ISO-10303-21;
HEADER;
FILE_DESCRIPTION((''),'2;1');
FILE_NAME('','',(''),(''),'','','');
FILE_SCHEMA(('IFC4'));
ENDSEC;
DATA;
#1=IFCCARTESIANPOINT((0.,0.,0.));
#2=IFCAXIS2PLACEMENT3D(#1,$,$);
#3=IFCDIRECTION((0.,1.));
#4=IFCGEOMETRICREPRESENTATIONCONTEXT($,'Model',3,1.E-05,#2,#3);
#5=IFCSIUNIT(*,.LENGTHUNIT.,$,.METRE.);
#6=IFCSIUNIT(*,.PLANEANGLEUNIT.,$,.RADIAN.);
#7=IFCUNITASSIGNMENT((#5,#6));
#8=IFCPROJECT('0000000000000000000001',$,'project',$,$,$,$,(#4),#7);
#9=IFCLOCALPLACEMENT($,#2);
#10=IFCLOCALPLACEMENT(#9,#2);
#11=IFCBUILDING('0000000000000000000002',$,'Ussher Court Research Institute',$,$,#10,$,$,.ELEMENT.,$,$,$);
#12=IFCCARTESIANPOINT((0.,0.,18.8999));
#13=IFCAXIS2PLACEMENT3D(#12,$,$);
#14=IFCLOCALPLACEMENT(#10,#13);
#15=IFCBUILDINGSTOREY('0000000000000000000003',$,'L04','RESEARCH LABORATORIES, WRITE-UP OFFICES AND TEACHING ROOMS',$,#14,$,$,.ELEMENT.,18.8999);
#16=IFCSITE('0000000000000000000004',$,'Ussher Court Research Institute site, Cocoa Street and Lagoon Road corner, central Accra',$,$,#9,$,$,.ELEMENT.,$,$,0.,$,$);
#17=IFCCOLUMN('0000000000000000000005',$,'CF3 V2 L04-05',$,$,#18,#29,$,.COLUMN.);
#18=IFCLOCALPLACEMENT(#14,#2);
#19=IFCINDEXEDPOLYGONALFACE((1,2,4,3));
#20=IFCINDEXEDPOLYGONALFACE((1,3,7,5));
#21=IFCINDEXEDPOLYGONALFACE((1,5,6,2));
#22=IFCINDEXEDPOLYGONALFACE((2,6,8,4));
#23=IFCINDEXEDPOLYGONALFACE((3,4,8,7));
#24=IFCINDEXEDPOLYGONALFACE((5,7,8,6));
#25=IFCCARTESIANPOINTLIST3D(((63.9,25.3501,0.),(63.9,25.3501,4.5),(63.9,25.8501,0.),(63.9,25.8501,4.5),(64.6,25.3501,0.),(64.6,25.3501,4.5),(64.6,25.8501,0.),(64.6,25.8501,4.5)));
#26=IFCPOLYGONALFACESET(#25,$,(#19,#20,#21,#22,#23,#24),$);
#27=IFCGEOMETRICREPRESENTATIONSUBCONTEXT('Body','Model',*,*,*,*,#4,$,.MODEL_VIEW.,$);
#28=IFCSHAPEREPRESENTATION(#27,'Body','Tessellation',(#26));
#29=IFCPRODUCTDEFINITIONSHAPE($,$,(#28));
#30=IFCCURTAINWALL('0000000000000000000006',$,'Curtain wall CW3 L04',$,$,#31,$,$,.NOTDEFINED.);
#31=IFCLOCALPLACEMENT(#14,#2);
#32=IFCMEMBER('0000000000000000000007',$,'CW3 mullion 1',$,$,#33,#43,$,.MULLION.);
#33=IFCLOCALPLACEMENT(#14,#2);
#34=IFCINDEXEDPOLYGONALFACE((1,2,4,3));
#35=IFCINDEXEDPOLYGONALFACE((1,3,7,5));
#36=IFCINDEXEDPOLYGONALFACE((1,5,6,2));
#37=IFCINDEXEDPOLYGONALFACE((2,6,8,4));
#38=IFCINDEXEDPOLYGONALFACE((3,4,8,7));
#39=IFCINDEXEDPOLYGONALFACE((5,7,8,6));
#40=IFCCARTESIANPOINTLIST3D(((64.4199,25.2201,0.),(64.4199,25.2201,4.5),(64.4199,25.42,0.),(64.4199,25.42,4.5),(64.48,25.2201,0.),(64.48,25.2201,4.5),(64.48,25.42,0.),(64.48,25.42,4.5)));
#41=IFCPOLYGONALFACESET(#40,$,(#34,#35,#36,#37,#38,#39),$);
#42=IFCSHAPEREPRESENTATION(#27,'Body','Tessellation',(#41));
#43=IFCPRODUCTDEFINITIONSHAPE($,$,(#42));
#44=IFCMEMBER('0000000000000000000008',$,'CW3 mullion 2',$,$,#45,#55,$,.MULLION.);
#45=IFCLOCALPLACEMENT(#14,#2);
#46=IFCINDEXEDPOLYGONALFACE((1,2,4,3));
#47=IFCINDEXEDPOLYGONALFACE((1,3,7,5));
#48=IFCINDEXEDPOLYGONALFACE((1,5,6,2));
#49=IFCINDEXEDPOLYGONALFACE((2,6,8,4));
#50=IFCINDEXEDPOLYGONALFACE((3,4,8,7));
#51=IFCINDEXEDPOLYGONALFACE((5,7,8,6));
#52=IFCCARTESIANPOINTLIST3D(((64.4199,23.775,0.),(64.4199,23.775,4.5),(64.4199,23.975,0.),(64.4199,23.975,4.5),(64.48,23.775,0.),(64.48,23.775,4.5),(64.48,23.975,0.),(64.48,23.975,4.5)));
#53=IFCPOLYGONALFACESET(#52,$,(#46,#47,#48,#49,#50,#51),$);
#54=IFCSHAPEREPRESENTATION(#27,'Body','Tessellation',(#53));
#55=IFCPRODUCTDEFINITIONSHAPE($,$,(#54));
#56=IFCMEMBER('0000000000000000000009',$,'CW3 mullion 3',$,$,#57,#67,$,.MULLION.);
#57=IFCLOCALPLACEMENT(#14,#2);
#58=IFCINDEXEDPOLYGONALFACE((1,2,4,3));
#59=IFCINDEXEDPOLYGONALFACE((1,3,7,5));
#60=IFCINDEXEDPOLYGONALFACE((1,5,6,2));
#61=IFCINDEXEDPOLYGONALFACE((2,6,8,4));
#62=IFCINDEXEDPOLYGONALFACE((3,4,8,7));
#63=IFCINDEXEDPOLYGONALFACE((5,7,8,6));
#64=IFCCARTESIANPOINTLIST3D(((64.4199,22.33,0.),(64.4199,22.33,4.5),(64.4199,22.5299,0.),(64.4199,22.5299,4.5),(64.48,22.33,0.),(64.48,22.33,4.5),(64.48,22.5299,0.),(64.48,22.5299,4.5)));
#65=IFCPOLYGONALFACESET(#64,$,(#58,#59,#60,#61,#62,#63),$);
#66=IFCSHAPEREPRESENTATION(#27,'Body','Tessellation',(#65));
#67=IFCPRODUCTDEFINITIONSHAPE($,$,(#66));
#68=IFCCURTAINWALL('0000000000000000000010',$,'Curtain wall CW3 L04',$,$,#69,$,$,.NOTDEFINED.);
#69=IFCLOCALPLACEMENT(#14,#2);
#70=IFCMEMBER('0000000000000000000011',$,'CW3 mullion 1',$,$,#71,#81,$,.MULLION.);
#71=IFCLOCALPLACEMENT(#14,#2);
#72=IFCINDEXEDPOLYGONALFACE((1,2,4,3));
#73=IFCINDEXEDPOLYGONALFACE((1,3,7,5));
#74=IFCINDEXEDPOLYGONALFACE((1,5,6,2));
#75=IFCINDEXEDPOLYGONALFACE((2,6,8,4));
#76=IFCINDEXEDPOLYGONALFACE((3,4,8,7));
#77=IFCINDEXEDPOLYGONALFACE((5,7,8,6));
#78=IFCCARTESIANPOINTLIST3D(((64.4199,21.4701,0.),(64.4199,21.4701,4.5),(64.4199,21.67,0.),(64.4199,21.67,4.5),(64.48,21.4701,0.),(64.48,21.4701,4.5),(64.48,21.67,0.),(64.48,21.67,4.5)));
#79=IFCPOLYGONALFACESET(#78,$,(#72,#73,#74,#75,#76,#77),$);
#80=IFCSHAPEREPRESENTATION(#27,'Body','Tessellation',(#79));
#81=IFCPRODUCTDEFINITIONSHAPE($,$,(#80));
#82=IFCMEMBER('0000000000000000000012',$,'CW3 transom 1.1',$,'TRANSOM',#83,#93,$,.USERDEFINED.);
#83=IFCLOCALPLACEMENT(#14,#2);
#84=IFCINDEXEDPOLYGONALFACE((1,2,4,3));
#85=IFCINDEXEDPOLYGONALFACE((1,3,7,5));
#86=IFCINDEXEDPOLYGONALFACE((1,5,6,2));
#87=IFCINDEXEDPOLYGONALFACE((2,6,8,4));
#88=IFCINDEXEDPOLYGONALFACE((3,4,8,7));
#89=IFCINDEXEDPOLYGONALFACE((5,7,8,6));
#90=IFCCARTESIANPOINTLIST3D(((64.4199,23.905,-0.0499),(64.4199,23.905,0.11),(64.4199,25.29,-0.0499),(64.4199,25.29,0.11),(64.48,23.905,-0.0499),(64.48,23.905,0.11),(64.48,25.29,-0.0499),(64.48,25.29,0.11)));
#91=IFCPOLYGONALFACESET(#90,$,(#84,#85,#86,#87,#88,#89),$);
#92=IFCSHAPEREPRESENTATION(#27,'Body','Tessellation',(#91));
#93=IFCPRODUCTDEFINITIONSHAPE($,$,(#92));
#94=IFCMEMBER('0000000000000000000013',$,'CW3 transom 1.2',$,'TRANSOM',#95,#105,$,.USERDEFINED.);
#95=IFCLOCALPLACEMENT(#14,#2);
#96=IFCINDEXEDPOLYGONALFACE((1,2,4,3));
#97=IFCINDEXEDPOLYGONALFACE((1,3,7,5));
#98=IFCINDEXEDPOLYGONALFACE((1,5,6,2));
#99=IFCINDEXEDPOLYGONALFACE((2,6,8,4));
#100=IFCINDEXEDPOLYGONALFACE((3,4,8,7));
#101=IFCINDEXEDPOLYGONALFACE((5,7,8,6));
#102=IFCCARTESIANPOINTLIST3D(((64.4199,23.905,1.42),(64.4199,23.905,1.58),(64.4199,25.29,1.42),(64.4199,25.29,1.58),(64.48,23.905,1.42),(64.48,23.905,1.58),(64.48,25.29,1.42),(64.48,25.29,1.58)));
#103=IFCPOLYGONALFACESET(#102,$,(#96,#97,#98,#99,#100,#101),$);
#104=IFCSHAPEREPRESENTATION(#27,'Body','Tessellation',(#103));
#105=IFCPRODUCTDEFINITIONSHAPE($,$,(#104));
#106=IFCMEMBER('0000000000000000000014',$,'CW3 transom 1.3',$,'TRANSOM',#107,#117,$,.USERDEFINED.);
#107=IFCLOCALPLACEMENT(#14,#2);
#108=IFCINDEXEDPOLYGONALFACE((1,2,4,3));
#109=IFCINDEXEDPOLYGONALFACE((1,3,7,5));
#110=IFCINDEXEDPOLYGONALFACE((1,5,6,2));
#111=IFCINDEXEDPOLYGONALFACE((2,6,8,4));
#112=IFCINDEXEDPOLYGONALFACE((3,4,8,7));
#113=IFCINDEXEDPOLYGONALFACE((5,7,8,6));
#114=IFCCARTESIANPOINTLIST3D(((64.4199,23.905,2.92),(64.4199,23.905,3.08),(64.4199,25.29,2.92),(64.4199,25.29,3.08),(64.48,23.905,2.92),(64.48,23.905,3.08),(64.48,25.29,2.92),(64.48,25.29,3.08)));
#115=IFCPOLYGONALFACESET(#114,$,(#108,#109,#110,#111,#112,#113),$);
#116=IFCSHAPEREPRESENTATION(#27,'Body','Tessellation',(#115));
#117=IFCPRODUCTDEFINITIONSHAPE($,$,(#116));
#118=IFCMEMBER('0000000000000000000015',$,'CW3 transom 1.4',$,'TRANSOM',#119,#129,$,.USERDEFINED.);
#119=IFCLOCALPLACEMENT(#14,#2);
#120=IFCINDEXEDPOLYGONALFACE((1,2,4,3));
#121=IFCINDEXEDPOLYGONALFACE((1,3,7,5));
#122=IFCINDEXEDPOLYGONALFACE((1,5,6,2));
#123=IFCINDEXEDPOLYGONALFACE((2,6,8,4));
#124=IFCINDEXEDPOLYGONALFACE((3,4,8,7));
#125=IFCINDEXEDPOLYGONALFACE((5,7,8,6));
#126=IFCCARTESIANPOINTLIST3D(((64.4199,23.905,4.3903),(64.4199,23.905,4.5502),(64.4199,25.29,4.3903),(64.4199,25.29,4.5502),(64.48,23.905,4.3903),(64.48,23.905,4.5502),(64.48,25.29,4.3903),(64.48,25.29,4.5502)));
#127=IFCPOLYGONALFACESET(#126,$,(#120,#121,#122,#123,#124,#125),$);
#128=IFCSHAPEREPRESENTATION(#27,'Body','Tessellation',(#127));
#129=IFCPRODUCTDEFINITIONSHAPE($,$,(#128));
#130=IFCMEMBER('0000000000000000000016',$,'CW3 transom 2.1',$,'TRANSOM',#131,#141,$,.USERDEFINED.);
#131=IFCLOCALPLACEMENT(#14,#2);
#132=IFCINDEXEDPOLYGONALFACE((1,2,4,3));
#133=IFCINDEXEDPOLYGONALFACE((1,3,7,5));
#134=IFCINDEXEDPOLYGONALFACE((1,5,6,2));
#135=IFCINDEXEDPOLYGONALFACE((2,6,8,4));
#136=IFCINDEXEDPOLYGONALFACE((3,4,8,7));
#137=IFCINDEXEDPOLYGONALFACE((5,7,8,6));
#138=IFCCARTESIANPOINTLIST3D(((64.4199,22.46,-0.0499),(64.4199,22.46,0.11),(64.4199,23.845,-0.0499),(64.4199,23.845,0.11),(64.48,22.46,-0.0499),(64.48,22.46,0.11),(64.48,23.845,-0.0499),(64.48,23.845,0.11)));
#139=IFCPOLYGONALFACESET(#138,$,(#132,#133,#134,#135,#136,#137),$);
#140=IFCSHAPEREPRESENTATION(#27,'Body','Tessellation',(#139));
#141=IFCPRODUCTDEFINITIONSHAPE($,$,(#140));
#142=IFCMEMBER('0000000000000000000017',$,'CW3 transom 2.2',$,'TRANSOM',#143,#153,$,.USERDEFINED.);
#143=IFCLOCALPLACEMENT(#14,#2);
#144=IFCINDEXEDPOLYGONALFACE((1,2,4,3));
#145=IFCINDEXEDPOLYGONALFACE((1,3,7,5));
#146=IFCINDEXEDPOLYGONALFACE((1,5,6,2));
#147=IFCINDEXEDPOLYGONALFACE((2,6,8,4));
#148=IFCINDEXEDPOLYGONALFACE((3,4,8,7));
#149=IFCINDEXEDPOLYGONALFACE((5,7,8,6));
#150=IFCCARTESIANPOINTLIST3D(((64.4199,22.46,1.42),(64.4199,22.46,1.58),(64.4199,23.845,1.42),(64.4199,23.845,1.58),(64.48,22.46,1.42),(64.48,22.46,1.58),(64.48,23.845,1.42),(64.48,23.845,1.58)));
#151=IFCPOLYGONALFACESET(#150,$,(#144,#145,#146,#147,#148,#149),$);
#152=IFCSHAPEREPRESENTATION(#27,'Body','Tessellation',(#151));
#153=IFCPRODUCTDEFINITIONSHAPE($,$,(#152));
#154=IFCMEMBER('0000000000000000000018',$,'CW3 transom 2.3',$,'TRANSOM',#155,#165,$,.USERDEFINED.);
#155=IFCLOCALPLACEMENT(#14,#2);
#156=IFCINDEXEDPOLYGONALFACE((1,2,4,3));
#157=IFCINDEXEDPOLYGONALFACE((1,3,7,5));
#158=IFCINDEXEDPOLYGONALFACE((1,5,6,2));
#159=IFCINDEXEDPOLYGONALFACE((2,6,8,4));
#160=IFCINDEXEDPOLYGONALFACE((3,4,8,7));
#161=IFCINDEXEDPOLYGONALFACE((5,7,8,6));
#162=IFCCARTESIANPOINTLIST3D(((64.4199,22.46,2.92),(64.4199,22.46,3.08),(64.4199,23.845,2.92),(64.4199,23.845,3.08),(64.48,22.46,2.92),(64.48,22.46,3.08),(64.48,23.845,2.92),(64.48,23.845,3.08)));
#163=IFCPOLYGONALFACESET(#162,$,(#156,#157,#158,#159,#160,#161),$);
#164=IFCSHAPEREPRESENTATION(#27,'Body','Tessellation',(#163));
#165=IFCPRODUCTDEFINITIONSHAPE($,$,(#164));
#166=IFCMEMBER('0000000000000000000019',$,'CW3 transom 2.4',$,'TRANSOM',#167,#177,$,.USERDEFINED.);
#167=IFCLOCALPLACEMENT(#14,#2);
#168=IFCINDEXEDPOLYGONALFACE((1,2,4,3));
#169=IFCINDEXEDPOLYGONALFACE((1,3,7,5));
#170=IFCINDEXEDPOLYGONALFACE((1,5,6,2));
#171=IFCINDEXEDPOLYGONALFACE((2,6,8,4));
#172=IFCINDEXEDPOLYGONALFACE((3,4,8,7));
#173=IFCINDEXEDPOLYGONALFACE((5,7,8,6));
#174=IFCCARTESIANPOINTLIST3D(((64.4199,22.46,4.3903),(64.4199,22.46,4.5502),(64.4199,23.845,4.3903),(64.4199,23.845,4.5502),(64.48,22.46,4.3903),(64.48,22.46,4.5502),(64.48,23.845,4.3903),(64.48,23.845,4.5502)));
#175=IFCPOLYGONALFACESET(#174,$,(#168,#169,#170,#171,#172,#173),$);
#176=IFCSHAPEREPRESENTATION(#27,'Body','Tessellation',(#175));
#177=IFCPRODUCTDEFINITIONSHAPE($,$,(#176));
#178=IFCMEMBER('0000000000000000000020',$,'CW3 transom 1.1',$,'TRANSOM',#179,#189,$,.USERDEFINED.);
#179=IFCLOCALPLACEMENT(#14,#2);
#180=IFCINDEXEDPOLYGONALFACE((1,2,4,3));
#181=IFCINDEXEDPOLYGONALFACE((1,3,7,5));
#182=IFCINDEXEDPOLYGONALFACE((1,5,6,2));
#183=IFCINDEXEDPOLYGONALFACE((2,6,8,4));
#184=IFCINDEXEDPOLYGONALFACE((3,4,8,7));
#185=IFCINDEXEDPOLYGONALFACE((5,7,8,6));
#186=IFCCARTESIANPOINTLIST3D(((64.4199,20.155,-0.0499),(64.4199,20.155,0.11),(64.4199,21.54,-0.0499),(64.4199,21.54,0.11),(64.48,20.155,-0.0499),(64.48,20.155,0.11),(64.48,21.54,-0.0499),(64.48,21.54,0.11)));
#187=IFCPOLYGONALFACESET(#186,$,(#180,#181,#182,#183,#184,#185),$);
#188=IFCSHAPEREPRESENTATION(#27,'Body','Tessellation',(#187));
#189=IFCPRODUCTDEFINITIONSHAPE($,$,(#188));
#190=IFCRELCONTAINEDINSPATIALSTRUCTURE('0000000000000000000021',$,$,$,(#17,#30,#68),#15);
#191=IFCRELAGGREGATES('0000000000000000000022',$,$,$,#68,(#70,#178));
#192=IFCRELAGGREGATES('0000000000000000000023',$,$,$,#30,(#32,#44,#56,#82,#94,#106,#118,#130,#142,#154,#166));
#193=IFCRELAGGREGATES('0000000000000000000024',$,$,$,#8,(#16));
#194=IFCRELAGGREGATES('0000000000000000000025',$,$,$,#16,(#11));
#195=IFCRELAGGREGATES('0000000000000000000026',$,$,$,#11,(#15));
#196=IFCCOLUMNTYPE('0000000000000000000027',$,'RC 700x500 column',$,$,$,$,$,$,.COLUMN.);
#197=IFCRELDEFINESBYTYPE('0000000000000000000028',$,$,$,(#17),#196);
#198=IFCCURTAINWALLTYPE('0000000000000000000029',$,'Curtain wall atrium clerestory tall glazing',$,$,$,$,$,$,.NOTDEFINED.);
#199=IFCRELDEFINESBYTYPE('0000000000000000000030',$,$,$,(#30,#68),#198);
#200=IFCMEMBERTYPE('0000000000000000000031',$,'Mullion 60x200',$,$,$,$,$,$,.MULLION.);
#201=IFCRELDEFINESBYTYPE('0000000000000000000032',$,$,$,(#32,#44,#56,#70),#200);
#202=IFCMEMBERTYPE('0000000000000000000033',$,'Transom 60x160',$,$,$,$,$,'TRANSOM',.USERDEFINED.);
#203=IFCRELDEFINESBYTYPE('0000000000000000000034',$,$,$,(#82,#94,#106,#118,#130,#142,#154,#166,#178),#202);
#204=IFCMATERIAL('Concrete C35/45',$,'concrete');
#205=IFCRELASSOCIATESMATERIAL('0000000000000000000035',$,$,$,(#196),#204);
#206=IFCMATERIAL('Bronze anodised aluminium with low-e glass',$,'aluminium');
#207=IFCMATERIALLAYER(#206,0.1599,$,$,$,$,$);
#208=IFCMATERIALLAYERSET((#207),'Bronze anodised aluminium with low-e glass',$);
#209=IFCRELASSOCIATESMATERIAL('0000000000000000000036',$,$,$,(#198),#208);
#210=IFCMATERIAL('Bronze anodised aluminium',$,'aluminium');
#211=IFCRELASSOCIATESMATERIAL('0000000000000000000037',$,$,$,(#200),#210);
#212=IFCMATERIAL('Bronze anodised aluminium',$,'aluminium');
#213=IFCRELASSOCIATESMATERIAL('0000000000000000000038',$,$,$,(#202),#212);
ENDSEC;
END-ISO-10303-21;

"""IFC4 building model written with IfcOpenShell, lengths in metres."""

from ifc_helpers import new_model, si_unit, direction, frame, origin, origin_2d, place, context, subcontext, project, spatial, rectangle, extrude, material, layer, layer_set, material_profile, profile_set, type_object, element, aggregate, save


model = new_model("IFC4")

# Units and contexts
model_context = context("Model", 3, precision=1e-05, world=origin(), true_north=direction((0.0, 1.0)))
body_context = subcontext(model_context, "Body", "Model", "MODEL_VIEW")
ifc_project = project(units=[si_unit("LENGTHUNIT", "METRE"), si_unit("PLANEANGLEUNIT", "RADIAN")], contexts=[model_context])

# Site, building, storey
site_placement = place(None, origin())
site = spatial("IfcSite", under=ifc_project, at=site_placement, Name="Ussher Court Research Institute site, Cocoa Street and Lagoon Road corner, central Accra", CompositionType="ELEMENT", RefElevation=0.0)
building_placement = place(site_placement, origin())
building = spatial("IfcBuilding", under=site, at=building_placement, Name="Ussher Court Research Institute", CompositionType="ELEMENT")
storey_placement = place(building_placement, frame((0.0, 0.0, 18.8999)))
storey = spatial("IfcBuildingStorey", under=building, at=storey_placement, Name="L04", Description="RESEARCH LABORATORIES, WRITE-UP OFFICES AND TEACHING ROOMS", CompositionType="ELEMENT", Elevation=18.8999)

# Column
ifc_material_1 = material(Name="Concrete C35/45", Category="concrete")
ifc_material_profile_1 = material_profile(ifc_material_1, rectangle(XDim=0.7, YDim=0.5, at=origin_2d()), Name="RC 700x500")
ifc_profile_set_1 = profile_set([ifc_material_profile_1], Name="Concrete C35/45")
column_type = type_object("IfcColumnType", Name="RC 700x500 column", PredefinedType="COLUMN", material=ifc_profile_set_1)
column_placement = place(storey_placement, frame((64.25, 25.6001, 0.0), z_axis=(0.0, 0.0, 1.0), x_axis=(1.0, 0.0, 0.0)))
element("IfcColumn", 1, at=column_placement, inside=storey, type_object=column_type, Name="CF3 V2 L04-05", PredefinedType="COLUMN", context=body_context, shape_type="SweptSolid", body=[
    extrude(rectangle(XDim=0.7, YDim=0.5, at=origin_2d()), origin(), (0.0, 0.0, 1.0), 4.5),
])

# Curtain wall, members
ifc_material_2 = material(Name="Bronze anodised aluminium with low-e glass", Category="aluminium")
ifc_layer_1 = layer(ifc_material_2, 0.1599)
ifc_layer_set_1 = layer_set([ifc_layer_1], Name="Bronze anodised aluminium with low-e glass")
curtain_wall_type = type_object("IfcCurtainWallType", Name="Curtain wall atrium clerestory tall glazing", PredefinedType="NOTDEFINED", material=ifc_layer_set_1)
curtain_wall_1_placement = place(storey_placement, origin())
curtain_wall_1 = element("IfcCurtainWall", 2, at=curtain_wall_1_placement, inside=storey, type_object=curtain_wall_type, Name="Curtain wall CW3 L04", PredefinedType="NOTDEFINED")
ifc_material_3 = material(Name="Bronze anodised aluminium", Category="aluminium")
ifc_material_profile_2 = material_profile(ifc_material_3, rectangle(XDim=0.0601, YDim=0.2, at=origin_2d()), Name="Mullion 60x200")
ifc_profile_set_2 = profile_set([ifc_material_profile_2], Name="Bronze anodised aluminium")
member_type_1 = type_object("IfcMemberType", Name="Mullion 60x200", PredefinedType="MULLION", material=ifc_profile_set_2)
member_1_placement = place(storey_placement, frame((64.45, 25.3201, 0.0), z_axis=(0.0, 0.0, 1.0), x_axis=(1.0, 0.0, 0.0)))
member_1 = element("IfcMember", 3, at=member_1_placement, type_object=member_type_1, Name="CW3 mullion 1", PredefinedType="MULLION", context=body_context, shape_type="SweptSolid", body=[
    extrude(rectangle(XDim=0.0601, YDim=0.2, at=origin_2d()), origin(), (0.0, 0.0, 1.0), 4.5),
])
member_2_placement = place(storey_placement, frame((64.45, 23.875, 0.0), z_axis=(0.0, 0.0, 1.0), x_axis=(1.0, 0.0, 0.0)))
member_2 = element("IfcMember", 4, at=member_2_placement, type_object=member_type_1, Name="CW3 mullion 2", PredefinedType="MULLION", context=body_context, shape_type="SweptSolid", body=[
    extrude(rectangle(XDim=0.0601, YDim=0.2, at=origin_2d()), origin(), (0.0, 0.0, 1.0), 4.5),
])
member_3_placement = place(storey_placement, frame((64.45, 22.4299, 0.0), z_axis=(0.0, 0.0, 1.0), x_axis=(1.0, 0.0, 0.0)))
member_3 = element("IfcMember", 5, at=member_3_placement, type_object=member_type_1, Name="CW3 mullion 3", PredefinedType="MULLION", context=body_context, shape_type="SweptSolid", body=[
    extrude(rectangle(XDim=0.0601, YDim=0.2, at=origin_2d()), origin(), (0.0, 0.0, 1.0), 4.5),
])

# Curtain wall, member
curtain_wall_2_placement = place(storey_placement, origin())
curtain_wall_2 = element("IfcCurtainWall", 6, at=curtain_wall_2_placement, inside=storey, type_object=curtain_wall_type, Name="Curtain wall CW3 L04", PredefinedType="NOTDEFINED")
member_4_placement = place(storey_placement, frame((64.45, 21.5701, 0.0), z_axis=(0.0, 0.0, 1.0), x_axis=(1.0, 0.0, 0.0)))
member_4 = element("IfcMember", 7, at=member_4_placement, type_object=member_type_1, Name="CW3 mullion 1", PredefinedType="MULLION", context=body_context, shape_type="SweptSolid", body=[
    extrude(rectangle(XDim=0.0601, YDim=0.2, at=origin_2d()), origin(), (0.0, 0.0, 1.0), 4.5),
])

# Members
ifc_material_4 = material(Name="Bronze anodised aluminium", Category="aluminium")
ifc_material_profile_3 = material_profile(ifc_material_4, rectangle(XDim=0.0601, YDim=0.1599, at=origin_2d()), Name="Transom 60x160")
ifc_profile_set_3 = profile_set([ifc_material_profile_3], Name="Bronze anodised aluminium")
member_type_2 = type_object("IfcMemberType", Name="Transom 60x160", ElementType="TRANSOM", PredefinedType="USERDEFINED", material=ifc_profile_set_3)
member_5_placement = place(storey_placement, frame((64.45, 25.29, 0.03), z_axis=(0.0, -1.0, 0.0), x_axis=(1.0, 0.0, 0.0)))
member_5 = element("IfcMember", 8, at=member_5_placement, type_object=member_type_2, Name="CW3 transom 1.1", ObjectType="TRANSOM", PredefinedType="USERDEFINED", context=body_context, shape_type="SweptSolid", body=[
    extrude(rectangle(XDim=0.0601, YDim=0.1599, at=origin_2d()), origin(), (0.0, 0.0, 1.0), 1.385),
])
member_6_placement = place(storey_placement, frame((64.45, 25.29, 1.5), z_axis=(0.0, -1.0, 0.0), x_axis=(1.0, 0.0, 0.0)))
member_6 = element("IfcMember", 9, at=member_6_placement, type_object=member_type_2, Name="CW3 transom 1.2", ObjectType="TRANSOM", PredefinedType="USERDEFINED", context=body_context, shape_type="SweptSolid", body=[
    extrude(rectangle(XDim=0.0601, YDim=0.1599, at=origin_2d()), origin(), (0.0, 0.0, 1.0), 1.385),
])
member_7_placement = place(storey_placement, frame((64.45, 25.29, 3.0), z_axis=(0.0, -1.0, 0.0), x_axis=(1.0, 0.0, 0.0)))
member_7 = element("IfcMember", 10, at=member_7_placement, type_object=member_type_2, Name="CW3 transom 1.3", ObjectType="TRANSOM", PredefinedType="USERDEFINED", context=body_context, shape_type="SweptSolid", body=[
    extrude(rectangle(XDim=0.0601, YDim=0.1599, at=origin_2d()), origin(), (0.0, 0.0, 1.0), 1.385),
])
member_8_placement = place(storey_placement, frame((64.45, 25.29, 4.4702), z_axis=(0.0, -1.0, 0.0), x_axis=(1.0, 0.0, 0.0)))
member_8 = element("IfcMember", 11, at=member_8_placement, type_object=member_type_2, Name="CW3 transom 1.4", ObjectType="TRANSOM", PredefinedType="USERDEFINED", context=body_context, shape_type="SweptSolid", body=[
    extrude(rectangle(XDim=0.0601, YDim=0.1599, at=origin_2d()), origin(), (0.0, 0.0, 1.0), 1.385),
])
member_9_placement = place(storey_placement, frame((64.45, 23.845, 0.03), z_axis=(0.0, -1.0, 0.0), x_axis=(1.0, 0.0, 0.0)))
member_9 = element("IfcMember", 12, at=member_9_placement, type_object=member_type_2, Name="CW3 transom 2.1", ObjectType="TRANSOM", PredefinedType="USERDEFINED", context=body_context, shape_type="SweptSolid", body=[
    extrude(rectangle(XDim=0.0601, YDim=0.1599, at=origin_2d()), origin(), (0.0, 0.0, 1.0), 1.385),
])
member_10_placement = place(storey_placement, frame((64.45, 23.845, 1.5), z_axis=(0.0, -1.0, 0.0), x_axis=(1.0, 0.0, 0.0)))
member_10 = element("IfcMember", 13, at=member_10_placement, type_object=member_type_2, Name="CW3 transom 2.2", ObjectType="TRANSOM", PredefinedType="USERDEFINED", context=body_context, shape_type="SweptSolid", body=[
    extrude(rectangle(XDim=0.0601, YDim=0.1599, at=origin_2d()), origin(), (0.0, 0.0, 1.0), 1.385),
])
member_11_placement = place(storey_placement, frame((64.45, 23.845, 3.0), z_axis=(0.0, -1.0, 0.0), x_axis=(1.0, 0.0, 0.0)))
member_11 = element("IfcMember", 14, at=member_11_placement, type_object=member_type_2, Name="CW3 transom 2.3", ObjectType="TRANSOM", PredefinedType="USERDEFINED", context=body_context, shape_type="SweptSolid", body=[
    extrude(rectangle(XDim=0.0601, YDim=0.1599, at=origin_2d()), origin(), (0.0, 0.0, 1.0), 1.385),
])
member_12_placement = place(storey_placement, frame((64.45, 23.845, 4.4702), z_axis=(0.0, -1.0, 0.0), x_axis=(1.0, 0.0, 0.0)))
member_12 = element("IfcMember", 15, at=member_12_placement, type_object=member_type_2, Name="CW3 transom 2.4", ObjectType="TRANSOM", PredefinedType="USERDEFINED", context=body_context, shape_type="SweptSolid", body=[
    extrude(rectangle(XDim=0.0601, YDim=0.1599, at=origin_2d()), origin(), (0.0, 0.0, 1.0), 1.385),
])
member_13_placement = place(storey_placement, frame((64.45, 21.54, 0.03), z_axis=(0.0, -1.0, 0.0), x_axis=(1.0, 0.0, 0.0)))
member_13 = element("IfcMember", 16, at=member_13_placement, type_object=member_type_2, Name="CW3 transom 1.1", ObjectType="TRANSOM", PredefinedType="USERDEFINED", context=body_context, shape_type="SweptSolid", body=[
    extrude(rectangle(XDim=0.0601, YDim=0.1599, at=origin_2d()), origin(), (0.0, 0.0, 1.0), 1.385),
])
aggregate(curtain_wall_2, [member_4, member_13])

aggregate(curtain_wall_1, [member_1, member_2, member_3, member_5, member_6, member_7, member_8, member_9, member_10, member_11, member_12])

save(model, "model.ifc")
